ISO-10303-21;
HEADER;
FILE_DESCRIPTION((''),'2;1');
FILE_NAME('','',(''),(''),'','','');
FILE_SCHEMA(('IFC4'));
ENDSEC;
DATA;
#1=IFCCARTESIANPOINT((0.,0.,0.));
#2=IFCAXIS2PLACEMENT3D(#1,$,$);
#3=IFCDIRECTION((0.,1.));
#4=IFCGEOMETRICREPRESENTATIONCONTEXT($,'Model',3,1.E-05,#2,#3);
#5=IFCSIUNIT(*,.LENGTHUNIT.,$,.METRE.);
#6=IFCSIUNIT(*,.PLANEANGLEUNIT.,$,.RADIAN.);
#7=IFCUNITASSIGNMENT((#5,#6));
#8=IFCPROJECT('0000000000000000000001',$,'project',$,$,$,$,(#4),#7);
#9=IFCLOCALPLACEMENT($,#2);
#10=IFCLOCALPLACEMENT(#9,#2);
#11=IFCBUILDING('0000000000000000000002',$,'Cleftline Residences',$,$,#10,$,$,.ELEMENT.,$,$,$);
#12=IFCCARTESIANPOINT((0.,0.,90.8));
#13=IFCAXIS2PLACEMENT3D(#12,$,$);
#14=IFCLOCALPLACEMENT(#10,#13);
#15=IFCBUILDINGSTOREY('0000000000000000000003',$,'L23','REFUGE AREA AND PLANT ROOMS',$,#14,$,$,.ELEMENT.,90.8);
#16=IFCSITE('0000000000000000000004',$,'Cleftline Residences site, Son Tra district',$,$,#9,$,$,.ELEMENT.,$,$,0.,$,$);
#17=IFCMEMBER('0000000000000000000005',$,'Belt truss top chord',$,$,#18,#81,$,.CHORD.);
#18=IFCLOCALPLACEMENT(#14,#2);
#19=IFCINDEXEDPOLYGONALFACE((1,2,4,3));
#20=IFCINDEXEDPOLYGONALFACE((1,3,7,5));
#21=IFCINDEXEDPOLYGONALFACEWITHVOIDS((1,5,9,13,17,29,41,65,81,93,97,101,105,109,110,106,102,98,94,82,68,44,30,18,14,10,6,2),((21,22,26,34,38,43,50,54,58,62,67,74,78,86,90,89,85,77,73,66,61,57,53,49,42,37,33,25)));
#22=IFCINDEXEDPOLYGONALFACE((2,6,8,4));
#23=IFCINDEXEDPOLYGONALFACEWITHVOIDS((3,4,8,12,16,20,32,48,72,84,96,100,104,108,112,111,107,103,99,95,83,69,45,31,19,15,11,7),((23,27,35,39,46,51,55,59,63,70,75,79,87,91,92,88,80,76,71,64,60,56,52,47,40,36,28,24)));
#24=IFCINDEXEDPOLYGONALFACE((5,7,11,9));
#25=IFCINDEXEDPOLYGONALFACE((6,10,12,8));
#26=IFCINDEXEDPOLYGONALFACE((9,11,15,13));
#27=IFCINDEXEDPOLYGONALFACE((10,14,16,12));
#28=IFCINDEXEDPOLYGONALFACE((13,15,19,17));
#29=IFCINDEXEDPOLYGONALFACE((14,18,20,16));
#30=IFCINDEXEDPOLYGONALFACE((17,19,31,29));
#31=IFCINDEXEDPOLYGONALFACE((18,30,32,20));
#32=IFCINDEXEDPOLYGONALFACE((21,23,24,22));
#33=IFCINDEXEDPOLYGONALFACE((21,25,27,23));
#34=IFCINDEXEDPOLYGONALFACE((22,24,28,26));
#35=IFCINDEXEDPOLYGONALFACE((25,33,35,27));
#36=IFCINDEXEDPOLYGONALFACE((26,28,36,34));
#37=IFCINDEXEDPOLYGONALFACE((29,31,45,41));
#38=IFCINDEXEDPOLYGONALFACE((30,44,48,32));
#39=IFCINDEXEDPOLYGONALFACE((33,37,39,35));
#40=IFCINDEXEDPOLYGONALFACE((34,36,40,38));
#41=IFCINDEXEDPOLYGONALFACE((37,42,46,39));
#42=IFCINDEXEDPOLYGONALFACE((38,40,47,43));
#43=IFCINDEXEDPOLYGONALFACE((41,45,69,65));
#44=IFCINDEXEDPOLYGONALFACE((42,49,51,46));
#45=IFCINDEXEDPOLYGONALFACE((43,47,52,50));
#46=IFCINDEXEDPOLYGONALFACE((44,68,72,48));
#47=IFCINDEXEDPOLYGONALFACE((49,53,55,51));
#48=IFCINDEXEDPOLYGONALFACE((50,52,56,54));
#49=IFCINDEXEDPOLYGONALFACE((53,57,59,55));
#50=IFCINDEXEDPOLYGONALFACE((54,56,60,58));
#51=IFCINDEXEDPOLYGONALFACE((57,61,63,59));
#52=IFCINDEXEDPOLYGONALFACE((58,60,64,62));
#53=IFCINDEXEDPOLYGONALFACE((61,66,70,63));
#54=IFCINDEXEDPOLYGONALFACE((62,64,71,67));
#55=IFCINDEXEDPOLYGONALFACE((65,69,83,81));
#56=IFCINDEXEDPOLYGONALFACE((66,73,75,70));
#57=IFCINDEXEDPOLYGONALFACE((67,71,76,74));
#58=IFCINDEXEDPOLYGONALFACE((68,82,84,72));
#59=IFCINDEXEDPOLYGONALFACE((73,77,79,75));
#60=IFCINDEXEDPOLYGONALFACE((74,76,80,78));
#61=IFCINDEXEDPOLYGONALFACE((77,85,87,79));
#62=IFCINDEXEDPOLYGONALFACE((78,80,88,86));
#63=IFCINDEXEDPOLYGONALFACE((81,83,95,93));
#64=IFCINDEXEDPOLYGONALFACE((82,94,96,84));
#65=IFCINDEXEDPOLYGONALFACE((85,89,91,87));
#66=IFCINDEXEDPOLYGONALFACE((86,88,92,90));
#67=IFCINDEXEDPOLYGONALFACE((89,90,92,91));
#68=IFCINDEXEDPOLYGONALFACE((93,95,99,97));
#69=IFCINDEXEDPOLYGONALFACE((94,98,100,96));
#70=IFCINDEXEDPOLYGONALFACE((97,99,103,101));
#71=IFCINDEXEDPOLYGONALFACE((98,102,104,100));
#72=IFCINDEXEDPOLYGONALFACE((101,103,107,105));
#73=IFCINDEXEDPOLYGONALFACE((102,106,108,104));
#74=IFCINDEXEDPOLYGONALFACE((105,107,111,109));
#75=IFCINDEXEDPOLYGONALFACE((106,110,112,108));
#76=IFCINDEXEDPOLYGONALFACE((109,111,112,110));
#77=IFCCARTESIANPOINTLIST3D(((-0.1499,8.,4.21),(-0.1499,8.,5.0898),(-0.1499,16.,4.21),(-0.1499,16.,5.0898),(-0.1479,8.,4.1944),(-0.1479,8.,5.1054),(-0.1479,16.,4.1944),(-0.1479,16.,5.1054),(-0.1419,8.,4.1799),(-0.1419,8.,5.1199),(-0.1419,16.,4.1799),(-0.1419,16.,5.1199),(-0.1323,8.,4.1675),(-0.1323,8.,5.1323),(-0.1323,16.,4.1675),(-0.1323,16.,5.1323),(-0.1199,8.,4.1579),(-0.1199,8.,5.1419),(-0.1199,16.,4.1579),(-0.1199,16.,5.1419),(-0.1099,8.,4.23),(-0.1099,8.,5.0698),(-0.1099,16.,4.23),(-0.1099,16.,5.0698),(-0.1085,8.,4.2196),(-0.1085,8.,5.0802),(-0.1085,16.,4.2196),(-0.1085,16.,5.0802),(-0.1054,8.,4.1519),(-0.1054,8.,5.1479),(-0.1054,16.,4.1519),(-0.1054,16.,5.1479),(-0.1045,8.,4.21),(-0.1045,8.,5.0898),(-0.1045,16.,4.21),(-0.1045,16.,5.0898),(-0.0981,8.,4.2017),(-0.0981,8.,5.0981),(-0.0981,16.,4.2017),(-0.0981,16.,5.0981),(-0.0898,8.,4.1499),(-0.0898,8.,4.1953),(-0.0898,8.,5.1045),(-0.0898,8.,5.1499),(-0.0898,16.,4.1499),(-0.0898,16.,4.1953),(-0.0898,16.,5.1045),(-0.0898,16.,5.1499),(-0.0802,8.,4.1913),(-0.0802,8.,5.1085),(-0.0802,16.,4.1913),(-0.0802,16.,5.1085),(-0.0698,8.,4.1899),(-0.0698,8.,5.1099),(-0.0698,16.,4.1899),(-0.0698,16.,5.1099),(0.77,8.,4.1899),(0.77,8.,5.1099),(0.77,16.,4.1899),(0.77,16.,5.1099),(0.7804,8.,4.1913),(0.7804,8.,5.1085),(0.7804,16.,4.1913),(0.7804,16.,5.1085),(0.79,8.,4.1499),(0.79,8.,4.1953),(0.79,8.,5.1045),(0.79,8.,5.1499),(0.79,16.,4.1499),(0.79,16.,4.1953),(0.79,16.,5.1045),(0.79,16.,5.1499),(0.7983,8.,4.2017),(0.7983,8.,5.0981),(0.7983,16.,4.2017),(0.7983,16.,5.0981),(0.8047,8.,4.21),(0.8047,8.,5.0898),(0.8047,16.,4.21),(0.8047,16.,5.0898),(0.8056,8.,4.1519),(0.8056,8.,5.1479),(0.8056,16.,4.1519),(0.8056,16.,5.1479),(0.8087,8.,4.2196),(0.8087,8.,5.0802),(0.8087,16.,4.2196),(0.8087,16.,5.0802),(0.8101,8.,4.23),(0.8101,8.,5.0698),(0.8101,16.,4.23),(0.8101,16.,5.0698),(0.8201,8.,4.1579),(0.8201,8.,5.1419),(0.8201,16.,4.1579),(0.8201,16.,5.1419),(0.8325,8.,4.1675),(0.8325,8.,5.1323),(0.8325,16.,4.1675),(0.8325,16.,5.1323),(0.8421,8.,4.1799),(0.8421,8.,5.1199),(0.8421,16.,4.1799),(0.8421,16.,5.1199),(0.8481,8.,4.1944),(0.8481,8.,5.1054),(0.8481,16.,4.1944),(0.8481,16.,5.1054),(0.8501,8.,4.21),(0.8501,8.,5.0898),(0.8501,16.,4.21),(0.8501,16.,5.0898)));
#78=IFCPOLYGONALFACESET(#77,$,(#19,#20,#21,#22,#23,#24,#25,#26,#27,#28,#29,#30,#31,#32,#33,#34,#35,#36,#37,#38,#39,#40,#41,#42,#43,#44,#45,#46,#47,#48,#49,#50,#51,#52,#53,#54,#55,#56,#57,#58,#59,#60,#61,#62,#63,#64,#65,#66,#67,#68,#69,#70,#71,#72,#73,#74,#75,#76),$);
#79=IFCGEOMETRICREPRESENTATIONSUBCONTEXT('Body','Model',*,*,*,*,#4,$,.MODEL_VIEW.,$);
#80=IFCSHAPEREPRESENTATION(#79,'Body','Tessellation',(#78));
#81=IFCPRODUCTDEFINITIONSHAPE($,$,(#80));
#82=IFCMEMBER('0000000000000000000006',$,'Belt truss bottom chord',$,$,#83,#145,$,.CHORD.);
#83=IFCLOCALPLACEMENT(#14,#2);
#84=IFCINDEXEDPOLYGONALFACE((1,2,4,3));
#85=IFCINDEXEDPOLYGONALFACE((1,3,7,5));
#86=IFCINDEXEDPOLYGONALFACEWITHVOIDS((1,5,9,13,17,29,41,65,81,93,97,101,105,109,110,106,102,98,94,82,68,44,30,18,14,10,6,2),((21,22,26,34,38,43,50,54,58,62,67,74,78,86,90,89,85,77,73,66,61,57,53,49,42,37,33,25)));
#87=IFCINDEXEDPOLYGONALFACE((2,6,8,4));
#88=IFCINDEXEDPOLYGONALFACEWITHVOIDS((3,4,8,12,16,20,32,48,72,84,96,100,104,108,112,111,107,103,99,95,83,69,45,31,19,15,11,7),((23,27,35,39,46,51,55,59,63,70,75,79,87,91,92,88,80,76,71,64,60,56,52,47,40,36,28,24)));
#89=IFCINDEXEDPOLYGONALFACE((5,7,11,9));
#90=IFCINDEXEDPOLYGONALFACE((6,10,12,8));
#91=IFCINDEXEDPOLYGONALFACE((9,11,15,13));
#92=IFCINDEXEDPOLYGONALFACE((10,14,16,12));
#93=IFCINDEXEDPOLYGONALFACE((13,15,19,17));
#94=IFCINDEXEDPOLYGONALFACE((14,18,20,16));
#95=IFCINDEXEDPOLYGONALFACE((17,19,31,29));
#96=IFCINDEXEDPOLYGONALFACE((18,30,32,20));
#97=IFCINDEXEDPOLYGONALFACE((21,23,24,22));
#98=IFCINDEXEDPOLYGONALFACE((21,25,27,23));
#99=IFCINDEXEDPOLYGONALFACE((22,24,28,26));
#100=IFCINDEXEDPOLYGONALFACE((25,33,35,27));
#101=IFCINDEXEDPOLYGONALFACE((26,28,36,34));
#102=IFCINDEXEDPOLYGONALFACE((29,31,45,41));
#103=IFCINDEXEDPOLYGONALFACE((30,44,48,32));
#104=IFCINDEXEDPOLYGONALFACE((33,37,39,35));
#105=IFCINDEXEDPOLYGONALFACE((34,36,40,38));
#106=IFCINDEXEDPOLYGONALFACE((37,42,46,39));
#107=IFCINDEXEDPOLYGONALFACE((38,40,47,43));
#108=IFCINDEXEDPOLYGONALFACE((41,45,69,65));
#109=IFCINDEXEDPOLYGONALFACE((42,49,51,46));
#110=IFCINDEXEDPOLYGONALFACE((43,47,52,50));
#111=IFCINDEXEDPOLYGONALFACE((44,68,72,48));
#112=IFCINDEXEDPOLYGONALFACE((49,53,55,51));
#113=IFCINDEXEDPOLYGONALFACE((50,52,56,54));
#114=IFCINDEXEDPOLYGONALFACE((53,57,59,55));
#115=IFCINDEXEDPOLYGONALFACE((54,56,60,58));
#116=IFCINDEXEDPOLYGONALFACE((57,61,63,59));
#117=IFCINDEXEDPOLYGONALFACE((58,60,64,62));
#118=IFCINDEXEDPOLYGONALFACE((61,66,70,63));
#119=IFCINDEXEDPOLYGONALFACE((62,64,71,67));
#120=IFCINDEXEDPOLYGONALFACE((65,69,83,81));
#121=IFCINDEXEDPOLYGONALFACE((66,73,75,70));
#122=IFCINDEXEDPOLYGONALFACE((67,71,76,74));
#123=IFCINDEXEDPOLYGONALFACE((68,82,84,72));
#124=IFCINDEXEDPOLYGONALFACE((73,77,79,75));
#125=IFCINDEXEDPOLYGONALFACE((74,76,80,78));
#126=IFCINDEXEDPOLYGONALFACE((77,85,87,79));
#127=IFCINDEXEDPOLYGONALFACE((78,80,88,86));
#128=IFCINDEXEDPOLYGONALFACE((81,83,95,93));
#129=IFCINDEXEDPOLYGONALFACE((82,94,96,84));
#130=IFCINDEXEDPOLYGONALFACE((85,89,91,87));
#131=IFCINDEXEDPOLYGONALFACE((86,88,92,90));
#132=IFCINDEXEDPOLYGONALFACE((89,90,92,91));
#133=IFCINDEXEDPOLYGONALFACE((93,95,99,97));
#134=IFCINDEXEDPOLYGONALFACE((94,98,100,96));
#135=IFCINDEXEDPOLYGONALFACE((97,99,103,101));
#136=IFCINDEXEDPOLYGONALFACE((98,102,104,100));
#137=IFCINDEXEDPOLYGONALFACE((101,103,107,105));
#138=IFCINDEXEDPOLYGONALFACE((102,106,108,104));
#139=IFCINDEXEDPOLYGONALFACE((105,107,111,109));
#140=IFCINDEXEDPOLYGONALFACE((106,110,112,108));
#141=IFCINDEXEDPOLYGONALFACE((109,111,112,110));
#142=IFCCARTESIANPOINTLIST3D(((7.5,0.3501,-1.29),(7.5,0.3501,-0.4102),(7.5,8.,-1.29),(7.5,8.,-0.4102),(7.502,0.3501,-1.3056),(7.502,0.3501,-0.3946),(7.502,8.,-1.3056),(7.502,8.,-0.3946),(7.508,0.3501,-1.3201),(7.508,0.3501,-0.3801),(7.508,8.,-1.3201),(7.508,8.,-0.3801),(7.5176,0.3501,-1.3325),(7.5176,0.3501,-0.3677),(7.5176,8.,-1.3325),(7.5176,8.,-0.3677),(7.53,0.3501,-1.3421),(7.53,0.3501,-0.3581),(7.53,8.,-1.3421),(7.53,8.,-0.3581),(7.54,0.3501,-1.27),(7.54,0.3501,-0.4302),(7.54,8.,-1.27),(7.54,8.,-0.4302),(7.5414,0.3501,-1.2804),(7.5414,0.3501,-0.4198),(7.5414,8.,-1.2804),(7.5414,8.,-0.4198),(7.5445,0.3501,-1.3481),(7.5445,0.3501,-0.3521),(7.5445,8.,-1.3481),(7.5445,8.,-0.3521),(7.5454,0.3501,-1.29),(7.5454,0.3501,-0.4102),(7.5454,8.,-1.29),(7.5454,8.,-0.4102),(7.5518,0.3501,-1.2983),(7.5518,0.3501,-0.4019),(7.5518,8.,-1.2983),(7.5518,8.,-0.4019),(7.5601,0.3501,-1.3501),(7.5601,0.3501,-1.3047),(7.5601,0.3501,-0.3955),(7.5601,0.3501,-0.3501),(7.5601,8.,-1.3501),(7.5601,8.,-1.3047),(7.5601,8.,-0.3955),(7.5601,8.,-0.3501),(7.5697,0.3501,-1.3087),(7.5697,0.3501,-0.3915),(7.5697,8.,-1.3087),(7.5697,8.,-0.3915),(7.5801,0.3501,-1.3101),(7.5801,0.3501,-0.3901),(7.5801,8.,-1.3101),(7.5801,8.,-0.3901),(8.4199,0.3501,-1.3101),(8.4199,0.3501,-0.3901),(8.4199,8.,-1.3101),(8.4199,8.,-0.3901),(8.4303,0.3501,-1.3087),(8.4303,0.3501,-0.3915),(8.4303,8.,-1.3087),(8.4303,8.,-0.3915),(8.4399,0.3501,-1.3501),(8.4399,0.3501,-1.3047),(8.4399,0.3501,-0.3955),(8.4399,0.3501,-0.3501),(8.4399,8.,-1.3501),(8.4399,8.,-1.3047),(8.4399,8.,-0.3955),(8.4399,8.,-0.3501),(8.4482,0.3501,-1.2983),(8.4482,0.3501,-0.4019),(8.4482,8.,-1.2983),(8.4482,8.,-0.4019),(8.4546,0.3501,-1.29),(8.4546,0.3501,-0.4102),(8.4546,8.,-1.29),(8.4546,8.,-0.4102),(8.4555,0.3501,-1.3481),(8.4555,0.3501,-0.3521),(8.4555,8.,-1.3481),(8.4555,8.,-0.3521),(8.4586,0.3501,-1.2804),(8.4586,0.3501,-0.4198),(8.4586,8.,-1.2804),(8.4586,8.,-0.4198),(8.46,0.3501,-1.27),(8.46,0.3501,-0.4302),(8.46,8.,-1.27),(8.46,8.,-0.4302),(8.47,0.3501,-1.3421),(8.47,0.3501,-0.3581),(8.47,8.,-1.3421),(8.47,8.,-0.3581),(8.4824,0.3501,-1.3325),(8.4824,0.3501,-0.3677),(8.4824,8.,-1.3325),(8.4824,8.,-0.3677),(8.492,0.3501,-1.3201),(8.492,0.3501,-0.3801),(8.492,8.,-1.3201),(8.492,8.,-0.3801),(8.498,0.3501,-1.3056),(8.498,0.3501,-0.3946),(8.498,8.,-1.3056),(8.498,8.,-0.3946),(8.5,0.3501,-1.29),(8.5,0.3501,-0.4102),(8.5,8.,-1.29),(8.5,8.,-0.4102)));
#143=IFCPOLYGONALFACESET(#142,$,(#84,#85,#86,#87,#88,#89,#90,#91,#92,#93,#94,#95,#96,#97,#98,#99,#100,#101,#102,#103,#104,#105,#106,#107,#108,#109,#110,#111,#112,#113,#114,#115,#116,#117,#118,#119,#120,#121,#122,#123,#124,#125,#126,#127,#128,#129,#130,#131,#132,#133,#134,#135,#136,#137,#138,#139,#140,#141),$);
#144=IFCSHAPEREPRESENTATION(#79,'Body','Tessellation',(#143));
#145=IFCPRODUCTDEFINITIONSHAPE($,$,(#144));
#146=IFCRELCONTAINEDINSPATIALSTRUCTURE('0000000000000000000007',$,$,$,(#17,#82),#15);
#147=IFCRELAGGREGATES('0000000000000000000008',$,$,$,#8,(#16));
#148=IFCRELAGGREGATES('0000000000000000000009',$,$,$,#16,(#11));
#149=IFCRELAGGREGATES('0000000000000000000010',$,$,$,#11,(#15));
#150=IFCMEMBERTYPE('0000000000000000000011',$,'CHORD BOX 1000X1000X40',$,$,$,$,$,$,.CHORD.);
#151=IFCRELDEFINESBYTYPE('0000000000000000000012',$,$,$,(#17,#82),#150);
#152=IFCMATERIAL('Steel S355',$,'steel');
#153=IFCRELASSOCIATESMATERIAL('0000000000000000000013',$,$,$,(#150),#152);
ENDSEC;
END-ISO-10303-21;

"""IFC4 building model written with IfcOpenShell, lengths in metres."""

from ifc_helpers import new_model, si_unit, direction, frame, origin, origin_2d, place, context, subcontext, project, spatial, hollow_rectangle, extrude, material, material_profile, profile_set, type_object, element, save


model = new_model("IFC4")

# Units and contexts
model_context = context("Model", 3, precision=1e-05, world=origin(), true_north=direction((0.0, 1.0)))
body_context = subcontext(model_context, "Body", "Model", "MODEL_VIEW")
ifc_project = project(units=[si_unit("LENGTHUNIT", "METRE"), si_unit("PLANEANGLEUNIT", "RADIAN")], contexts=[model_context])

# Site, building, storey
site_placement = place(None, origin())
site = spatial("IfcSite", under=ifc_project, at=site_placement, Name="Cleftline Residences site, Son Tra district", CompositionType="ELEMENT", RefElevation=0.0)
building_placement = place(site_placement, origin())
building = spatial("IfcBuilding", under=site, at=building_placement, Name="Cleftline Residences", CompositionType="ELEMENT")
storey_placement = place(building_placement, frame((0.0, 0.0, 90.8)))
storey = spatial("IfcBuildingStorey", under=building, at=storey_placement, Name="L23", Description="REFUGE AREA AND PLANT ROOMS", CompositionType="ELEMENT", Elevation=90.8)

# Members
ifc_material_1 = material(Name="Steel S355", Category="steel")
ifc_material_profile_1 = material_profile(ifc_material_1, hollow_rectangle(XDim=1.0, YDim=1.0, WallThickness=0.04, InnerFilletRadius=0.04, OuterFilletRadius=0.0601, at=origin_2d()))
ifc_profile_set_1 = profile_set([ifc_material_profile_1], Name="Steel S355")
member_type_1 = type_object("IfcMemberType", Name="CHORD BOX 1000X1000X40", PredefinedType="CHORD", material=ifc_profile_set_1)
for number, where, z_axis, x_axis, name in (
    (1, (0.3501, 8.0, 4.6499), (0.0, 1.0, 0.0), (-1.0, 0.0, 0.0), "Belt truss top chord"),
):
    element("IfcMember", number, at=place(storey_placement, frame(where, z_axis=z_axis, x_axis=x_axis)), inside=storey, type_object=member_type_1, Name=name, PredefinedType="CHORD", context=body_context, shape_type="SweptSolid", body=[
        extrude(hollow_rectangle(XDim=1.0, YDim=1.0, WallThickness=0.04, InnerFilletRadius=0.04, OuterFilletRadius=0.0601, at=origin_2d()), origin(), (0.0, 0.0, 1.0), 8.0),
    ])
for number, where, z_axis, x_axis, name in (
    (2, (8.0, 0.3501, -0.8501), (0.0, 1.0, 0.0), (-1.0, 0.0, 0.0), "Belt truss bottom chord"),
):
    element("IfcMember", number, at=place(storey_placement, frame(where, z_axis=z_axis, x_axis=x_axis)), inside=storey, type_object=member_type_1, Name=name, PredefinedType="CHORD", context=body_context, shape_type="SweptSolid", body=[
        extrude(hollow_rectangle(XDim=1.0, YDim=1.0, WallThickness=0.04, InnerFilletRadius=0.04, OuterFilletRadius=0.0601, at=origin_2d()), origin(), (0.0, 0.0, 1.0), 7.6499),
    ])

save(model, "model.ifc")
